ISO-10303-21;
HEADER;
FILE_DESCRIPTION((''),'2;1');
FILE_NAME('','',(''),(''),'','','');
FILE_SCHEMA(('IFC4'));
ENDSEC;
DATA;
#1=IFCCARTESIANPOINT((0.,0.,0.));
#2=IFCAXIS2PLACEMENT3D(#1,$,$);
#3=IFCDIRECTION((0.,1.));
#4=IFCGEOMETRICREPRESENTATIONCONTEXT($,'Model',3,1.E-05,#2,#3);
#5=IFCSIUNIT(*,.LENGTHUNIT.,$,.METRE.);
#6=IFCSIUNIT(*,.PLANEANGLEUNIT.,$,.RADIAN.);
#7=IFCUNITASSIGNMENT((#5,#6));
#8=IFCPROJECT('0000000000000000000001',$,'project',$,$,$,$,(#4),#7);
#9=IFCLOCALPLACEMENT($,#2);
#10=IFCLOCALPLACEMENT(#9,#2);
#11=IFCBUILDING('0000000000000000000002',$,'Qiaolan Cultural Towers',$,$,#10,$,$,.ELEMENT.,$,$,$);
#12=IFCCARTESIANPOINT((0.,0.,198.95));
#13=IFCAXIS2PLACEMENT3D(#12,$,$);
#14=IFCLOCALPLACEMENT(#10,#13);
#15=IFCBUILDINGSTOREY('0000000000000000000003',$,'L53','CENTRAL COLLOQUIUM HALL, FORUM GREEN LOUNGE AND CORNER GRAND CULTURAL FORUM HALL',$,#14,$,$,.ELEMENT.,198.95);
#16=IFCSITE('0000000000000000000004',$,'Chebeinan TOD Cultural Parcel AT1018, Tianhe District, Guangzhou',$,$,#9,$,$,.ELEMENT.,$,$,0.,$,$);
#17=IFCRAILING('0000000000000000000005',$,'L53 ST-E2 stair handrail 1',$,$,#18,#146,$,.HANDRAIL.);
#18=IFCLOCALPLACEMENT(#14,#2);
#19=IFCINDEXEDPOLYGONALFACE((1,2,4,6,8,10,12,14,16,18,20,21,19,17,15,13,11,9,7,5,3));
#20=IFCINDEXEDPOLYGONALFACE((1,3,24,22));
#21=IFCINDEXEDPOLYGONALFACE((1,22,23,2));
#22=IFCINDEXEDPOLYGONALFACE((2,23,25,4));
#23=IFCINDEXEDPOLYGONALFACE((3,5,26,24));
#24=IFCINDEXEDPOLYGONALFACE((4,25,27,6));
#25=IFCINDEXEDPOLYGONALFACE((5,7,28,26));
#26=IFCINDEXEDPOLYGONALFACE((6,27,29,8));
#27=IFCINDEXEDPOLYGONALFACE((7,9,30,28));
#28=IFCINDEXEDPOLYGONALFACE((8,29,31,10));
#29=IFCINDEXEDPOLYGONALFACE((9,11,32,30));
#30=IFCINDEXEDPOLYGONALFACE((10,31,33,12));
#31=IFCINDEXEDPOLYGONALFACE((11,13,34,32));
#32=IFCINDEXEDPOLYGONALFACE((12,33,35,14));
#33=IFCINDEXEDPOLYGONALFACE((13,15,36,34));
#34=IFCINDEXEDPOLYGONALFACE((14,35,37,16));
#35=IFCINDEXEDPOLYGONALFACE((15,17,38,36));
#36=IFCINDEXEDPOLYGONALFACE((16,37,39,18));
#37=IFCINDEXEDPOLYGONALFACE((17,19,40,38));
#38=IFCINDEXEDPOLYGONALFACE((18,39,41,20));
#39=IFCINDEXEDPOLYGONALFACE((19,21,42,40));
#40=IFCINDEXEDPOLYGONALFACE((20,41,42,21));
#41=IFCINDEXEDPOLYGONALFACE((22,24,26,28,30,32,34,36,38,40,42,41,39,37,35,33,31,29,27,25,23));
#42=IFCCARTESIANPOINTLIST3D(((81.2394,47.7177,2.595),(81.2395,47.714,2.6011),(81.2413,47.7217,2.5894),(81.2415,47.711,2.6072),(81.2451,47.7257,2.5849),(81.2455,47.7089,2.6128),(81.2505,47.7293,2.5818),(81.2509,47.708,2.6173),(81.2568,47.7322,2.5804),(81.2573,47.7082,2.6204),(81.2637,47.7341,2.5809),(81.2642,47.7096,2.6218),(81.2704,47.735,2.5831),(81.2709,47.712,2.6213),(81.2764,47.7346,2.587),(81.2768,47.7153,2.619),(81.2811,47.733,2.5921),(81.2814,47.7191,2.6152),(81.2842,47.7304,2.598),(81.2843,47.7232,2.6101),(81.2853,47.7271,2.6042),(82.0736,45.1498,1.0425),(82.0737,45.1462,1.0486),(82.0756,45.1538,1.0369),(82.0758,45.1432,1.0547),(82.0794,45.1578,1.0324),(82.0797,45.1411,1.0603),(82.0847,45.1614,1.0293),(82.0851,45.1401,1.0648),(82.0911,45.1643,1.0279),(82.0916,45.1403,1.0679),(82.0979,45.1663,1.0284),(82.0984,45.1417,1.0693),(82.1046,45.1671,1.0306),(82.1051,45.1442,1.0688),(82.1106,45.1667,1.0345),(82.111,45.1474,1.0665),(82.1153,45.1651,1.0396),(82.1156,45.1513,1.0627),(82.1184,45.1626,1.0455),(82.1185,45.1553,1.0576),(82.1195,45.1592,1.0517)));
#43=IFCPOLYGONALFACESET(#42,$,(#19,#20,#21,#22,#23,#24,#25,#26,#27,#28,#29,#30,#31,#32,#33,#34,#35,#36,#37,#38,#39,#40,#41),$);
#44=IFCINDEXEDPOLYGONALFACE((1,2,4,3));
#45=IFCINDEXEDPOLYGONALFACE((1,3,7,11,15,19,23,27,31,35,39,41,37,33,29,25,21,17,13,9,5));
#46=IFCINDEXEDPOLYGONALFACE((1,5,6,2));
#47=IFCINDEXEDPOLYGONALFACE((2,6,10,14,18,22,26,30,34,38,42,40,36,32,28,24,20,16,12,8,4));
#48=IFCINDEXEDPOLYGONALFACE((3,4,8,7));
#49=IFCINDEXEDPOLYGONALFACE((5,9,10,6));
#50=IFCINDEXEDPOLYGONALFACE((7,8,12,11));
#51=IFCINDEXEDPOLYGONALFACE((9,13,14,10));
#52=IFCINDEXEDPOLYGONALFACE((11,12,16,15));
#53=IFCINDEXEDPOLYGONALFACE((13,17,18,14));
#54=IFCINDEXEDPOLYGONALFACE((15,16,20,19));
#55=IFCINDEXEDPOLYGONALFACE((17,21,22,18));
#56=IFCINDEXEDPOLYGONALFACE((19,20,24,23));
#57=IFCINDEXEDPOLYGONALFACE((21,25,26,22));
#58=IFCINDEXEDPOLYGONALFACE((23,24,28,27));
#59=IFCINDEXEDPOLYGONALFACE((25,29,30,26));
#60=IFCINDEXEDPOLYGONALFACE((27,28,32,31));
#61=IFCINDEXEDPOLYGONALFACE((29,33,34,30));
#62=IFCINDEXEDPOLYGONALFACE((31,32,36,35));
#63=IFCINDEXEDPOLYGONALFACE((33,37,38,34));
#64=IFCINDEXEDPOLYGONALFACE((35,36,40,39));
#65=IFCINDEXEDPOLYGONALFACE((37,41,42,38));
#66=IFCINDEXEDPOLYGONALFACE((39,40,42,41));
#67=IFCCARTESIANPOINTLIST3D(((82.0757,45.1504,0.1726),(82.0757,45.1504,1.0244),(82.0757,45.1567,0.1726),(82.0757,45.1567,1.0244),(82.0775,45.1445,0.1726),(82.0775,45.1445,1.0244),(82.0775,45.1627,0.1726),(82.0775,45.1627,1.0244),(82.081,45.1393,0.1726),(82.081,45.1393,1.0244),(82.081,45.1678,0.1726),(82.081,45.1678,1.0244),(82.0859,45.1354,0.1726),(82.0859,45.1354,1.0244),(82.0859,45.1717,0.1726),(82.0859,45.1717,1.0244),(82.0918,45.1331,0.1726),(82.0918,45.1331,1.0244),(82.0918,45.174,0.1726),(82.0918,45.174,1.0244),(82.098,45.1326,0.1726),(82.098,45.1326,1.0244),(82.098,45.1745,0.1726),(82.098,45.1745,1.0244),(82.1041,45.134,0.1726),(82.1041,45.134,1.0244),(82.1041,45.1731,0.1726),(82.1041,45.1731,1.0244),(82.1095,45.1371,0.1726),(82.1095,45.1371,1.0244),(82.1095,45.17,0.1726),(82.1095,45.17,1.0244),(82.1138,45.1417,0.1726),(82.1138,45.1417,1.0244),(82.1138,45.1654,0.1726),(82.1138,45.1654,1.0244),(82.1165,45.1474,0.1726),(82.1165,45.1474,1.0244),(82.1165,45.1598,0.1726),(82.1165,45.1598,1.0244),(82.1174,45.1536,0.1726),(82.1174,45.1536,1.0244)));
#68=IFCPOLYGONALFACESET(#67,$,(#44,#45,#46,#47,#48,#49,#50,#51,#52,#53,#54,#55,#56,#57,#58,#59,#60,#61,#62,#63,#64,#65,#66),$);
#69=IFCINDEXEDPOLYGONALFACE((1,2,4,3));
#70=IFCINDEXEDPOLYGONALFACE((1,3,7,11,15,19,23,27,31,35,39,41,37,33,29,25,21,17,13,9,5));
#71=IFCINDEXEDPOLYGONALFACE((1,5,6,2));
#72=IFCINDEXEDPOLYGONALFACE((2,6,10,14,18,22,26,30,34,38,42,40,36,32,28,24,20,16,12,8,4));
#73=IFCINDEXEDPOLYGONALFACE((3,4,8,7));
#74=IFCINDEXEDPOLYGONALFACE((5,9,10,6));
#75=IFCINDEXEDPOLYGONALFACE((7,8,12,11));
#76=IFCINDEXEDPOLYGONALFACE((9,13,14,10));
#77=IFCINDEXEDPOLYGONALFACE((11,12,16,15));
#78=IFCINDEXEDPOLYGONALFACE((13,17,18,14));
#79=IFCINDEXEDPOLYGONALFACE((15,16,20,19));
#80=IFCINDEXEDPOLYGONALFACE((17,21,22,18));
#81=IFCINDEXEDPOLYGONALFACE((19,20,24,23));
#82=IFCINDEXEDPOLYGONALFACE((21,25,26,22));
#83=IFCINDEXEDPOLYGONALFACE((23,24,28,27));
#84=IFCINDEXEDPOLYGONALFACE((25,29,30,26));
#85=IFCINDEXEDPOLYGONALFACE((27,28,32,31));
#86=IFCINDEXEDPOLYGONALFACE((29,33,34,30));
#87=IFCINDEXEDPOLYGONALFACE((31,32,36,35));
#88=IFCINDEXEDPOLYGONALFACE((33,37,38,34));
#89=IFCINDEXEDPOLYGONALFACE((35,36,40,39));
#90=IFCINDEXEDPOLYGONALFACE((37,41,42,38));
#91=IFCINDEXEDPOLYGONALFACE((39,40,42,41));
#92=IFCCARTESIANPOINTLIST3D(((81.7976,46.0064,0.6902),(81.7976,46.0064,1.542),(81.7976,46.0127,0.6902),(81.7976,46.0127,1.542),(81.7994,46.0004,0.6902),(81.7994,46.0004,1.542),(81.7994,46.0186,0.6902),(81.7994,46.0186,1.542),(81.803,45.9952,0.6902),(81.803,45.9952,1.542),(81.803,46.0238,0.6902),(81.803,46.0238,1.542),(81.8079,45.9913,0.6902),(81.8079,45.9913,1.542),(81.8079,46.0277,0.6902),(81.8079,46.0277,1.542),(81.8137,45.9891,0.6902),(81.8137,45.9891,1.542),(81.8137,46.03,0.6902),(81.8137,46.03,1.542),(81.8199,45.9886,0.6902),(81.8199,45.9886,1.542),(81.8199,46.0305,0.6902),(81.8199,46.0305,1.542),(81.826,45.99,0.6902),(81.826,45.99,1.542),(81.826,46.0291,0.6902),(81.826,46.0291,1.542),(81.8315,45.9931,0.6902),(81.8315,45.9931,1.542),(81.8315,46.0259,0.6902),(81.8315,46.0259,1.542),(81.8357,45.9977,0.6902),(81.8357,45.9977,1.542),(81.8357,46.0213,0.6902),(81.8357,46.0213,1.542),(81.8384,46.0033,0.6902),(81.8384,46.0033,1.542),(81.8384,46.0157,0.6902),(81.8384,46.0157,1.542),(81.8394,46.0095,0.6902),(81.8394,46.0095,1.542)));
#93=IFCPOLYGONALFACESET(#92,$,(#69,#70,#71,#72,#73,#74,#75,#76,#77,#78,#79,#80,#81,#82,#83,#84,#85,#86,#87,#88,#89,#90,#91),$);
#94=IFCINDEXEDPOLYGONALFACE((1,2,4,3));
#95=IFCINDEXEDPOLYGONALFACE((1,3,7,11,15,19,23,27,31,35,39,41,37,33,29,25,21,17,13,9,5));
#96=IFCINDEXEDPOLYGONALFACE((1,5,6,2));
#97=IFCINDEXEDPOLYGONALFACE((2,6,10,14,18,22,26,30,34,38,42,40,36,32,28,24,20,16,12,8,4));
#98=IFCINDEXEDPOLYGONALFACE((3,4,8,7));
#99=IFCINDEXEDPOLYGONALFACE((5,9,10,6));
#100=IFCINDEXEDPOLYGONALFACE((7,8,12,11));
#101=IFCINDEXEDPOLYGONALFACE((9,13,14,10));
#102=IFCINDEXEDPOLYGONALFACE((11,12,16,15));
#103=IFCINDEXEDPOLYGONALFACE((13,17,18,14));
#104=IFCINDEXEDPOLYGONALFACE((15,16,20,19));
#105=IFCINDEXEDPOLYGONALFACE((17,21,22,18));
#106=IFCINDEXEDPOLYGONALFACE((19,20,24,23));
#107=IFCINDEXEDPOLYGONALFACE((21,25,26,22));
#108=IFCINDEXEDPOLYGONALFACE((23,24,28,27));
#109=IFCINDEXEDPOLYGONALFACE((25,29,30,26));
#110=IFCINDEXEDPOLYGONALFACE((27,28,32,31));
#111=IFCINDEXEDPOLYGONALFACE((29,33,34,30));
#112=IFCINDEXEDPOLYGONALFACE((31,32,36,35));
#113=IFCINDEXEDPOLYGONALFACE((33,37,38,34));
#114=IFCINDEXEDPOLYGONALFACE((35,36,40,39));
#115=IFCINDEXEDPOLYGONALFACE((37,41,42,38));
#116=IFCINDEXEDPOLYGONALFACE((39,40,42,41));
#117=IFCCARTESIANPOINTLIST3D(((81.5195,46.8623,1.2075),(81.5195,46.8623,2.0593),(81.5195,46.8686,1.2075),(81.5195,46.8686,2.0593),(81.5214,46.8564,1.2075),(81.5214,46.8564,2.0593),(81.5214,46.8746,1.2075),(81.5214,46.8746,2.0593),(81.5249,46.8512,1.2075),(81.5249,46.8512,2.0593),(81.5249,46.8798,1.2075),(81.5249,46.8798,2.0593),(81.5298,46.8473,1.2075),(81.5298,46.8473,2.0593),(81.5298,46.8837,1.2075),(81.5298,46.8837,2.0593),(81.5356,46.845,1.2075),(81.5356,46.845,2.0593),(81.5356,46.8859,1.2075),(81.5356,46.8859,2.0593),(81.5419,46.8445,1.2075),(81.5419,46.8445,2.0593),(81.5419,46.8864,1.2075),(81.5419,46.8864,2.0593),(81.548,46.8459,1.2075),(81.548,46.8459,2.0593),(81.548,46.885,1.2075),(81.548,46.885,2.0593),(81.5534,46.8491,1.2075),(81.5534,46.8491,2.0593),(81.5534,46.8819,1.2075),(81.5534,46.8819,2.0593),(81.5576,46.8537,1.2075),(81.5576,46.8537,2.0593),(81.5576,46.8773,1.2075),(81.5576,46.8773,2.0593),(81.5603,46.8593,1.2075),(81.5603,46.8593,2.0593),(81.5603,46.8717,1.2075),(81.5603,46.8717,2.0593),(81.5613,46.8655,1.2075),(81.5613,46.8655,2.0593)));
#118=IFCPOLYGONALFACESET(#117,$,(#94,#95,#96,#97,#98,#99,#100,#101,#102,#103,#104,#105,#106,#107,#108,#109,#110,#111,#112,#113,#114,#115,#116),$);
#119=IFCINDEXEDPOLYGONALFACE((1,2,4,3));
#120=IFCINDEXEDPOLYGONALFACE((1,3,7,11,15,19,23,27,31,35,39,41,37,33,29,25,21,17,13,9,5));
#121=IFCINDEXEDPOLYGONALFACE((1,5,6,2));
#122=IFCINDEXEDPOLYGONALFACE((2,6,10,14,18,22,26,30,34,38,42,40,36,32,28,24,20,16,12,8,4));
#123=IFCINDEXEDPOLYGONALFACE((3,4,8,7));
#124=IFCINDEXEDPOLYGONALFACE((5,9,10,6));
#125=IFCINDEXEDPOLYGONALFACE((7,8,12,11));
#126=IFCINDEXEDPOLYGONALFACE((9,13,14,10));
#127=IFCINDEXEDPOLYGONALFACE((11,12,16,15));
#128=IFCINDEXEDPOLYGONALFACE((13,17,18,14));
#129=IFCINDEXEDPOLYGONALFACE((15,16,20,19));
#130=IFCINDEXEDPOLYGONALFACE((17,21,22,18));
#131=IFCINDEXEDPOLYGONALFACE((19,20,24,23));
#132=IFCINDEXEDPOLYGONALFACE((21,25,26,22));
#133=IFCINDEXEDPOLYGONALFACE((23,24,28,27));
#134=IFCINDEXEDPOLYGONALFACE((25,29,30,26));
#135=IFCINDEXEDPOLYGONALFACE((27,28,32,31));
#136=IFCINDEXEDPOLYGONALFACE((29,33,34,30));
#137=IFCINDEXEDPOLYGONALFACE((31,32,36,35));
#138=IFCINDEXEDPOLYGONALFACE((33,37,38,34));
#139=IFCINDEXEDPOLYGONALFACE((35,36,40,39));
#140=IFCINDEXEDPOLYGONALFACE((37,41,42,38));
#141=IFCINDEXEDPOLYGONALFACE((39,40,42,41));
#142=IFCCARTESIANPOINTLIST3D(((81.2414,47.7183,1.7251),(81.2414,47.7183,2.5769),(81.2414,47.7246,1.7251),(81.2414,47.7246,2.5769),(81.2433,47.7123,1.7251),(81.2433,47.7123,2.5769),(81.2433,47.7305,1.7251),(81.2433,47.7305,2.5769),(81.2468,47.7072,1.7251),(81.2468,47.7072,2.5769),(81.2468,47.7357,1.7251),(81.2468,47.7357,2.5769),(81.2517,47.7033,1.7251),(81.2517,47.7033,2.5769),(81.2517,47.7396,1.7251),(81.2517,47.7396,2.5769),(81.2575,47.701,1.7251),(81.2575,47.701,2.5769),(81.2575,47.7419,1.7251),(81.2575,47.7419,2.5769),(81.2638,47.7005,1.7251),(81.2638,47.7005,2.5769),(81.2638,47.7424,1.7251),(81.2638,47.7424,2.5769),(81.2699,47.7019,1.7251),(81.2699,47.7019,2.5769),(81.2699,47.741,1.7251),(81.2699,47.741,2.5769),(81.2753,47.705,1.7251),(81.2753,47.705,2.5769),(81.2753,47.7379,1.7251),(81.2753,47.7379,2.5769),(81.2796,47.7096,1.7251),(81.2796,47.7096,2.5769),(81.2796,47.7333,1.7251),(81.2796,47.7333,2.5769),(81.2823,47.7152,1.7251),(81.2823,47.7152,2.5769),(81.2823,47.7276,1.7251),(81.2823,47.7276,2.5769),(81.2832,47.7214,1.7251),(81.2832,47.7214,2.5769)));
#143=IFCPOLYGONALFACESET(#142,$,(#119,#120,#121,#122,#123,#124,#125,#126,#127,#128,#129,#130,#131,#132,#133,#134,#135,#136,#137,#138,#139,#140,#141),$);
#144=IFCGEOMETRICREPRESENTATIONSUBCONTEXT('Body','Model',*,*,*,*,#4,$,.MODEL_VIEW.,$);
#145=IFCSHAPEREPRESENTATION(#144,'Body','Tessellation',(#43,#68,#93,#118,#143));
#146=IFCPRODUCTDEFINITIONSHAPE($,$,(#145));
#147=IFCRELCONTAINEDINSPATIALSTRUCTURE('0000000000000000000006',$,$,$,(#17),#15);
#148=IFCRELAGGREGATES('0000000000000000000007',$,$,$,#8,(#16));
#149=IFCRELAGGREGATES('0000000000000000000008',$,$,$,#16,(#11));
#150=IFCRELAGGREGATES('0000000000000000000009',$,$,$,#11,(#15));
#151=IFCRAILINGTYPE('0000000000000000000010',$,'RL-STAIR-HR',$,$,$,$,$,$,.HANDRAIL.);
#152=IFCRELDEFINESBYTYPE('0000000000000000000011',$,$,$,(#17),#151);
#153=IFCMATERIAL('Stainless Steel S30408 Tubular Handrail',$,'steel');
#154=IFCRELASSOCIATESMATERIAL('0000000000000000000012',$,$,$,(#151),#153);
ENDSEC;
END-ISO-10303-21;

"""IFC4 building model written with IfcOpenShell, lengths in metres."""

from ifc_helpers import new_model, si_unit, direction, frame, origin, origin_2d, place, context, subcontext, project, spatial, circle, extrude, material, type_object, element, save


model = new_model("IFC4")

# Units and contexts
model_context = context("Model", 3, precision=1e-05, world=origin(), true_north=direction((0.0, 1.0)))
body_context = subcontext(model_context, "Body", "Model", "MODEL_VIEW")
ifc_project = project(units=[si_unit("LENGTHUNIT", "METRE"), si_unit("PLANEANGLEUNIT", "RADIAN")], contexts=[model_context])

# Site, building, storey
site_placement = place(None, origin())
site = spatial("IfcSite", under=ifc_project, at=site_placement, Name="Chebeinan TOD Cultural Parcel AT1018, Tianhe District, Guangzhou", CompositionType="ELEMENT", RefElevation=0.0)
building_placement = place(site_placement, origin())
building = spatial("IfcBuilding", under=site, at=building_placement, Name="Qiaolan Cultural Towers", CompositionType="ELEMENT")
storey_placement = place(building_placement, frame((0.0, 0.0, 198.95)))
storey = spatial("IfcBuildingStorey", under=building, at=storey_placement, Name="L53", Description="CENTRAL COLLOQUIUM HALL, FORUM GREEN LOUNGE AND CORNER GRAND CULTURAL FORUM HALL", CompositionType="ELEMENT", Elevation=198.95)

# Railing
ifc_material_1 = material(Name="Stainless Steel S30408 Tubular Handrail", Category="steel")
railing_type_1 = type_object("IfcRailingType", Name="RL-STAIR-HR", PredefinedType="HANDRAIL", material=ifc_material_1)
railing_1_placement = place(storey_placement, frame((82.0964, 45.1536, 0.1726)))
element("IfcRailing", 1, at=railing_1_placement, inside=storey, type_object=railing_type_1, Name="L53 ST-E2 stair handrail 1", PredefinedType="HANDRAIL", context=body_context, shape_type="SweptSolid", body=[
    extrude(circle(Radius=0.0239, at=origin_2d()), frame((0.0, 0.0, 0.876), z_axis=(-0.267853, 0.824488, 0.498471), x_axis=(-0.95107, -0.308976, 0.0)), (0.0, 0.0, 1.0), 3.1145),
    extrude(circle(Radius=0.021, at=origin_2d()), origin(), (0.0, 0.0, 1.0), 0.8518),
    extrude(circle(Radius=0.021, at=origin_2d()), frame((-0.2781, 0.856, 0.5176)), (0.0, 0.0, 1.0), 0.8518),
    extrude(circle(Radius=0.021, at=origin_2d()), frame((-0.5562, 1.7119, 1.0349)), (0.0, 0.0, 1.0), 0.8518),
    extrude(circle(Radius=0.021, at=origin_2d()), frame((-0.8342, 2.5679, 1.5525)), (0.0, 0.0, 1.0), 0.8518),
])

save(model, "model.ifc")
